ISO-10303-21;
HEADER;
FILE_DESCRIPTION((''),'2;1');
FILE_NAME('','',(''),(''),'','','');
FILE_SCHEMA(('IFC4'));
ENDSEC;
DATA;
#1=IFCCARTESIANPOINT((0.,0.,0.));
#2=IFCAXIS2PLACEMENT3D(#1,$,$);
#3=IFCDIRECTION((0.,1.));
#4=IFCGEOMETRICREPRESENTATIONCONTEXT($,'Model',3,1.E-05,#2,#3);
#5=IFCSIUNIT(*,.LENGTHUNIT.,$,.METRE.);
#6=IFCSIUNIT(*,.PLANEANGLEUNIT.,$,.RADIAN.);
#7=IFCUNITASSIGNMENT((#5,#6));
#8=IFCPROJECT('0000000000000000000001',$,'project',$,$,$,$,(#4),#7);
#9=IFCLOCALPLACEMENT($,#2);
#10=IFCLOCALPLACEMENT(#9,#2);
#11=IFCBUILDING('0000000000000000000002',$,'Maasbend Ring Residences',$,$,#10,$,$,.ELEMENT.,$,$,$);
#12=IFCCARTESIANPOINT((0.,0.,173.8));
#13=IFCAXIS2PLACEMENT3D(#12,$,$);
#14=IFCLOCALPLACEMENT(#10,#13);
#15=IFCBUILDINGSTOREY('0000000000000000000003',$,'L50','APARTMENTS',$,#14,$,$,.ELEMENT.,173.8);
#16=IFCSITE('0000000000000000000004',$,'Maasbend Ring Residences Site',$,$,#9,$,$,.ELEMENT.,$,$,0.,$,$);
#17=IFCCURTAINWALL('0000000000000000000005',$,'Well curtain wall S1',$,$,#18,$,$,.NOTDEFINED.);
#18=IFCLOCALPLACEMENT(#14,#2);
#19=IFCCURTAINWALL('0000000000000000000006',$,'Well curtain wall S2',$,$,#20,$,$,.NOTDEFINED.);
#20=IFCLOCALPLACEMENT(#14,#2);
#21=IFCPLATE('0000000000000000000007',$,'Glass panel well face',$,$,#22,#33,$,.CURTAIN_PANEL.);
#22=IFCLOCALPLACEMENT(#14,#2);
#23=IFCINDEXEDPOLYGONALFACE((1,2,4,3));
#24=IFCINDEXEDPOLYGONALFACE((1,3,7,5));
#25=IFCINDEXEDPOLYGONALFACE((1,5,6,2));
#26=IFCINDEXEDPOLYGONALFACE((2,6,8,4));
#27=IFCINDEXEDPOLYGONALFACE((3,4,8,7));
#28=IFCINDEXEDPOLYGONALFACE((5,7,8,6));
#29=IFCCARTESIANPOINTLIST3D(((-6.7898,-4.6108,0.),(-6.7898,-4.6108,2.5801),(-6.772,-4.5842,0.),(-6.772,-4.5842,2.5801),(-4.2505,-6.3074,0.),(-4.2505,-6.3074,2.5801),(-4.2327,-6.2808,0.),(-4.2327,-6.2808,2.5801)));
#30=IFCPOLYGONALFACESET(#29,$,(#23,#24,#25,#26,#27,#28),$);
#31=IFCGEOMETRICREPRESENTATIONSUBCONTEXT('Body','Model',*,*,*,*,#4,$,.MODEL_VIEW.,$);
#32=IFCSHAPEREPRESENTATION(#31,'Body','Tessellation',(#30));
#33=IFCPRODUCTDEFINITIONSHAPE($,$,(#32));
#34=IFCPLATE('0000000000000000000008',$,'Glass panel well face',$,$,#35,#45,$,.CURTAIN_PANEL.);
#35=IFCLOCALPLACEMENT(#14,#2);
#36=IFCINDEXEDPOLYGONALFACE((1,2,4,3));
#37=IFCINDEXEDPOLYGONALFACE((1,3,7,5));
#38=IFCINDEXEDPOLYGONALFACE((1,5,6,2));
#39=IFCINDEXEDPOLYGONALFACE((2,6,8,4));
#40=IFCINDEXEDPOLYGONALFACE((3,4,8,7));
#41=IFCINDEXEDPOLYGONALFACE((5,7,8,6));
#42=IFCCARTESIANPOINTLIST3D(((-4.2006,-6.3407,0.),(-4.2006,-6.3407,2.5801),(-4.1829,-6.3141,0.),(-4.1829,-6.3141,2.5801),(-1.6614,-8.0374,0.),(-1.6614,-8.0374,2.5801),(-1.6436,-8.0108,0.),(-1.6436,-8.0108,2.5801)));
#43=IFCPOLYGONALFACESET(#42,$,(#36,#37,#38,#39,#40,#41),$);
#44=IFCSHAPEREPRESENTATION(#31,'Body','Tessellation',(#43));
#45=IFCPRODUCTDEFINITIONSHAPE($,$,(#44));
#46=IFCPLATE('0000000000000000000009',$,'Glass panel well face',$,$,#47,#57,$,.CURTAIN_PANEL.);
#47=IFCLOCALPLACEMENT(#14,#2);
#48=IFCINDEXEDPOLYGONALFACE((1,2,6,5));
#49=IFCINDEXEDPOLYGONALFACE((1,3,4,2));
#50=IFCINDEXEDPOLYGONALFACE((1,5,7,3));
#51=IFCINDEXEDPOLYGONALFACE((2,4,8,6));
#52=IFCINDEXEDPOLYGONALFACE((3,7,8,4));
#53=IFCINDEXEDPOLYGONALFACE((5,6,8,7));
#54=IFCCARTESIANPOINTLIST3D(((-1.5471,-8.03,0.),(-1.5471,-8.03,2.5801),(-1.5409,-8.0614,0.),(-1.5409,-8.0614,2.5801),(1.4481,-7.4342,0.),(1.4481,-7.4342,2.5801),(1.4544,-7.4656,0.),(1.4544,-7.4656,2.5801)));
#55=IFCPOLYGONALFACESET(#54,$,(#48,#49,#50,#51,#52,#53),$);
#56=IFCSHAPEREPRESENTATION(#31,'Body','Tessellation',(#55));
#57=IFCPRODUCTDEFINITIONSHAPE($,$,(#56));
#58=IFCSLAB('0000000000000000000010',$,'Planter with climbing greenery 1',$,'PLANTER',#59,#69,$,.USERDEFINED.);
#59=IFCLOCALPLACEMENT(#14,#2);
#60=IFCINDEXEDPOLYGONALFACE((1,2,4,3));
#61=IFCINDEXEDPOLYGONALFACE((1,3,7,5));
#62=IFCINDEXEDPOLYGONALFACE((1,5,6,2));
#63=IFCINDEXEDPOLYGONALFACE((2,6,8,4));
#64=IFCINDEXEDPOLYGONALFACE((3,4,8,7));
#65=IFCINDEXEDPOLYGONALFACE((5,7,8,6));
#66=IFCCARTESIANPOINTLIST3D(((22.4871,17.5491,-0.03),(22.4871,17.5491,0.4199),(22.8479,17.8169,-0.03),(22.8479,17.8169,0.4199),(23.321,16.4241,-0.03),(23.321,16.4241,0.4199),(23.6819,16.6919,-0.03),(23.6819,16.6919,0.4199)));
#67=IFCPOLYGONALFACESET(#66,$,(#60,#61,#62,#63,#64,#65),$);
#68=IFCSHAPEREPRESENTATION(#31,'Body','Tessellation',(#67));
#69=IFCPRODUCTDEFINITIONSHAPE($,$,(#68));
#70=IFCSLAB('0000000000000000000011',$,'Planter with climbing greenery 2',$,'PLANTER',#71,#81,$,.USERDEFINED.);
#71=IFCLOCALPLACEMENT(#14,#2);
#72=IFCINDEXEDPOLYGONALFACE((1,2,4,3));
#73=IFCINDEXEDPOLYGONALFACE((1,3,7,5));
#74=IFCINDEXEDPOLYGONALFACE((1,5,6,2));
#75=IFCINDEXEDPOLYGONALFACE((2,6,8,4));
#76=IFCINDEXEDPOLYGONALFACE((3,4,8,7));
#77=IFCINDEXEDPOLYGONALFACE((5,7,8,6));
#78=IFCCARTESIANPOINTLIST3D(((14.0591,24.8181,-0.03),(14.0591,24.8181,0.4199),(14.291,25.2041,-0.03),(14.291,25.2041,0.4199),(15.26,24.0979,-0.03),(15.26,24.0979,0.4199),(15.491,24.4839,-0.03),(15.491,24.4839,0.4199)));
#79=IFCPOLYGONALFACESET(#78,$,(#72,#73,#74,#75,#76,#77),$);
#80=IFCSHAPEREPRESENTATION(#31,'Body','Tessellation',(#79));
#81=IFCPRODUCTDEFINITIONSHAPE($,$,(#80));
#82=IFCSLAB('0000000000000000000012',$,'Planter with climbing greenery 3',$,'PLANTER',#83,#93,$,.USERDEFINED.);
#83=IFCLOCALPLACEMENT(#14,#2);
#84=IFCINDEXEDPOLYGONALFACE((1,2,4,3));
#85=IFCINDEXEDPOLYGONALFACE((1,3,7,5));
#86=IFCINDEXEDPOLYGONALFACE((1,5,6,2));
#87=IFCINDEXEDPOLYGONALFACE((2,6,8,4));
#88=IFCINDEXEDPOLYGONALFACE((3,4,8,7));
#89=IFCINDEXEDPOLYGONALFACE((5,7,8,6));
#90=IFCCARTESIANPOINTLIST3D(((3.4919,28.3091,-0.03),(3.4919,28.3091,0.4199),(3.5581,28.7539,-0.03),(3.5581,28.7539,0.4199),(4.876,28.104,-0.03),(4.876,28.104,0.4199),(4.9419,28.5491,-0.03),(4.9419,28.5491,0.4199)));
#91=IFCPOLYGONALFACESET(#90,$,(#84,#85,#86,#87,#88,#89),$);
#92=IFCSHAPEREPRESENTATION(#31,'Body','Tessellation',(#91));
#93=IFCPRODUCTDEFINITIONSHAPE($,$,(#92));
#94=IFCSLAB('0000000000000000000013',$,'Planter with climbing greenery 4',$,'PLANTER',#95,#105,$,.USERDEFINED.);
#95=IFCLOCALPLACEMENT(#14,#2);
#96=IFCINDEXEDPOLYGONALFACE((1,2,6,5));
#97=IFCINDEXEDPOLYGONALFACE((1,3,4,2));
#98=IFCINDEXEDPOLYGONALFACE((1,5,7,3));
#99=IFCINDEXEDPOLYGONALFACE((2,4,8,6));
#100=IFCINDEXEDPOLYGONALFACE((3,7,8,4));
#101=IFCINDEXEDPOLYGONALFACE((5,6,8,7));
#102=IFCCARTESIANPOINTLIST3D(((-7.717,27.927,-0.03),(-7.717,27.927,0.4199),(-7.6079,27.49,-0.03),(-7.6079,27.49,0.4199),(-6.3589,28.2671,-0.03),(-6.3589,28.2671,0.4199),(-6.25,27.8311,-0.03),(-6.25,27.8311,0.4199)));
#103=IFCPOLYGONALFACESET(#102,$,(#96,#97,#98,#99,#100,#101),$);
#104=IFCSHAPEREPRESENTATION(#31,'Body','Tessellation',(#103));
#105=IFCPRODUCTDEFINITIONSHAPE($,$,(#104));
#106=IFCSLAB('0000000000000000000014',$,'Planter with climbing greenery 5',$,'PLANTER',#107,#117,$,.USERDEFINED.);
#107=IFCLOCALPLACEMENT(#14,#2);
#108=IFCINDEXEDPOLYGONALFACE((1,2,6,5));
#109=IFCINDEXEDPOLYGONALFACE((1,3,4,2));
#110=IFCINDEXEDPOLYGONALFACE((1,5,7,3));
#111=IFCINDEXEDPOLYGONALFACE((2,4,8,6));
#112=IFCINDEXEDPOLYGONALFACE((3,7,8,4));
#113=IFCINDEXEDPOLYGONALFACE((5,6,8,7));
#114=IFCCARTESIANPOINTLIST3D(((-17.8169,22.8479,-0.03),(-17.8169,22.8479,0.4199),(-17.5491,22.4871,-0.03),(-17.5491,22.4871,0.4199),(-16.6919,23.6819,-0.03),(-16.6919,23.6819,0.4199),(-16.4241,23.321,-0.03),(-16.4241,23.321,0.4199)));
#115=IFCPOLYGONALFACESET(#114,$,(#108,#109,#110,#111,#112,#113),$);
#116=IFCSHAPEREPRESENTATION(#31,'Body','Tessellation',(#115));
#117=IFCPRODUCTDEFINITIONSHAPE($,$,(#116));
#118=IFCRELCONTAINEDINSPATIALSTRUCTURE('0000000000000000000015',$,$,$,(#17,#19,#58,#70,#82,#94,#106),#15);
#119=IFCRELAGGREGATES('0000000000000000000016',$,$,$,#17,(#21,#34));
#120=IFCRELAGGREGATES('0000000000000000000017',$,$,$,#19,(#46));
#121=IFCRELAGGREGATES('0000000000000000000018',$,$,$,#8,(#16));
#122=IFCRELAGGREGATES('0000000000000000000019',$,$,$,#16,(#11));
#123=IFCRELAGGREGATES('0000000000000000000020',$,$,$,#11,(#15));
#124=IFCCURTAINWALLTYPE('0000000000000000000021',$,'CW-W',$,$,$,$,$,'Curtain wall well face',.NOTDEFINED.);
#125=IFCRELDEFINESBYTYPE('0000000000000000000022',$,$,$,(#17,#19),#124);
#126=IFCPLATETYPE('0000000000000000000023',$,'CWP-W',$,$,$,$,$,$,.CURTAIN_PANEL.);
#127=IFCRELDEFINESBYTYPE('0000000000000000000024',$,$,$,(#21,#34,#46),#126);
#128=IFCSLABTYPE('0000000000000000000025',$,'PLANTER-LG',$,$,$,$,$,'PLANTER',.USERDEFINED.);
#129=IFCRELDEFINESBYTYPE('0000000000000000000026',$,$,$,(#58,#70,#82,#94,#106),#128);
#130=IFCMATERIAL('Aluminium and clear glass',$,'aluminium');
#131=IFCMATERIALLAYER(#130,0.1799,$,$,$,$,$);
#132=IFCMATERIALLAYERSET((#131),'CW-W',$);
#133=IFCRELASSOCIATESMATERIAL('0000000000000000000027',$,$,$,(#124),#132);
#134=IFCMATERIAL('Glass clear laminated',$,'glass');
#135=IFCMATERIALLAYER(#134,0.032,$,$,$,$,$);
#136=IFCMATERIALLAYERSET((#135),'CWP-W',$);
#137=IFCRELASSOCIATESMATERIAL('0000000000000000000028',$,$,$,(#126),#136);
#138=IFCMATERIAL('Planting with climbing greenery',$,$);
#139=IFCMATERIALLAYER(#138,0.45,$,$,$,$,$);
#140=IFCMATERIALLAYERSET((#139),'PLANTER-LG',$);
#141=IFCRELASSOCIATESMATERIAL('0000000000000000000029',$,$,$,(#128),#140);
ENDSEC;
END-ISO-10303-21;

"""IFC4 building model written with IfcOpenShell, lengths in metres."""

from ifc_helpers import new_model, si_unit, direction, frame, origin, origin_2d, place, context, subcontext, project, spatial, polyline, rectangle, outline, extrude, material, layer, layer_set, type_object, element, aggregate, save


model = new_model("IFC4")

# Units and contexts
model_context = context("Model", 3, precision=1e-05, world=origin(), true_north=direction((0.0, 1.0)))
body_context = subcontext(model_context, "Body", "Model", "MODEL_VIEW")
ifc_project = project(units=[si_unit("LENGTHUNIT", "METRE"), si_unit("PLANEANGLEUNIT", "RADIAN")], contexts=[model_context])

# Site, building, storey
site_placement = place(None, origin())
site = spatial("IfcSite", under=ifc_project, at=site_placement, Name="Maasbend Ring Residences Site", CompositionType="ELEMENT", RefElevation=0.0)
building_placement = place(site_placement, origin())
building = spatial("IfcBuilding", under=site, at=building_placement, Name="Maasbend Ring Residences", CompositionType="ELEMENT")
storey_placement = place(building_placement, frame((0.0, 0.0, 173.8)))
storey = spatial("IfcBuildingStorey", under=building, at=storey_placement, Name="L50", Description="APARTMENTS", CompositionType="ELEMENT", Elevation=173.8)

# Curtain wall
ifc_material_1 = material(Name="Aluminium and clear glass", Category="aluminium")
ifc_layer_1 = layer(ifc_material_1, 0.1799)
ifc_layer_set_1 = layer_set([ifc_layer_1], Name="CW-W")
curtain_wall_type = type_object("IfcCurtainWallType", Name="CW-W", ElementType="Curtain wall well face", PredefinedType="NOTDEFINED", material=ifc_layer_set_1)
curtain_wall_1_placement = place(storey_placement, origin())
curtain_wall_1 = element("IfcCurtainWall", 1, at=curtain_wall_1_placement, inside=storey, type_object=curtain_wall_type, Name="Well curtain wall S1", PredefinedType="NOTDEFINED")

# Curtain wall
curtain_wall_2_placement = place(storey_placement, origin())
curtain_wall_2 = element("IfcCurtainWall", 2, at=curtain_wall_2_placement, inside=storey, type_object=curtain_wall_type, Name="Well curtain wall S2", PredefinedType="NOTDEFINED")

# Plates
ifc_material_2 = material(Name="Glass clear laminated", Category="glass")
ifc_layer_2 = layer(ifc_material_2, 0.032)
ifc_layer_set_2 = layer_set([ifc_layer_2], Name="CWP-W")
plate_type = type_object("IfcPlateType", Name="CWP-W", PredefinedType="CURTAIN_PANEL", material=ifc_layer_set_2)
plate_1_placement = place(storey_placement, frame((-5.5112, -5.4458, 0.0), z_axis=(0.0, 0.0, 1.0), x_axis=(0.83147, -0.55557, 0.0)))
plate_1 = element("IfcPlate", 3, at=plate_1_placement, type_object=plate_type, Name="Glass panel well face", PredefinedType="CURTAIN_PANEL", context=body_context, shape_type="SweptSolid", body=[
    extrude(rectangle(XDim=3.054, YDim=0.032, at=origin_2d()), origin(), (0.0, 0.0, 1.0), 2.5801),
])
plate_2_placement = place(storey_placement, frame((-2.9221, -7.1758, 0.0), z_axis=(0.0, 0.0, 1.0), x_axis=(0.83147, -0.55557, 0.0)))
plate_2 = element("IfcPlate", 4, at=plate_2_placement, type_object=plate_type, Name="Glass panel well face", PredefinedType="CURTAIN_PANEL", context=body_context, shape_type="SweptSolid", body=[
    extrude(rectangle(XDim=3.054, YDim=0.032, at=origin_2d()), origin(), (0.0, 0.0, 1.0), 2.5801),
])
aggregate(curtain_wall_1, [plate_1, plate_2])
plate_3_placement = place(storey_placement, frame((-0.0464, -7.7478, 0.0), z_axis=(0.0, 0.0, 1.0), x_axis=(0.980785, 0.19509, 0.0)))
plate_3 = element("IfcPlate", 5, at=plate_3_placement, type_object=plate_type, Name="Glass panel well face", PredefinedType="CURTAIN_PANEL", context=body_context, shape_type="SweptSolid", body=[
    extrude(rectangle(XDim=3.054, YDim=0.032, at=origin_2d()), origin(), (0.0, 0.0, 1.0), 2.5801),
])
aggregate(curtain_wall_2, [plate_3])

# Slabs
ifc_material_3 = material(Name="Planting with climbing greenery")
ifc_layer_3 = layer(ifc_material_3, 0.45)
ifc_layer_set_3 = layer_set([ifc_layer_3], Name="PLANTER-LG")
slab_type_1 = type_object("IfcSlabType", Name="PLANTER-LG", ElementType="PLANTER", PredefinedType="USERDEFINED", material=ifc_layer_set_3)
slab_1_placement = place(storey_placement, frame((0.0, 0.0, -0.03)))
element("IfcSlab", 6, at=slab_1_placement, inside=storey, type_object=slab_type_1, Name="Planter with climbing greenery 1", ObjectType="PLANTER", PredefinedType="USERDEFINED", context=body_context, shape_type="SweptSolid", body=[
    extrude(outline(polyline([(23.6819, 16.6919), (22.8479, 17.8169), (22.4871, 17.5491), (23.321, 16.4241), (23.6819, 16.6919)])), origin(), (0.0, 0.0, 1.0), 0.45),
])
slab_2_placement = place(storey_placement, frame((0.0, 0.0, -0.03)))
element("IfcSlab", 7, at=slab_2_placement, inside=storey, type_object=slab_type_1, Name="Planter with climbing greenery 2", ObjectType="PLANTER", PredefinedType="USERDEFINED", context=body_context, shape_type="SweptSolid", body=[
    extrude(outline(polyline([(15.491, 24.4839), (14.291, 25.2041), (14.0591, 24.8181), (15.26, 24.0979), (15.491, 24.4839)])), origin(), (0.0, 0.0, 1.0), 0.45),
])
slab_3_placement = place(storey_placement, frame((0.0, 0.0, -0.03)))
element("IfcSlab", 8, at=slab_3_placement, inside=storey, type_object=slab_type_1, Name="Planter with climbing greenery 3", ObjectType="PLANTER", PredefinedType="USERDEFINED", context=body_context, shape_type="SweptSolid", body=[
    extrude(outline(polyline([(4.9419, 28.5491), (3.5581, 28.7539), (3.4919, 28.3091), (4.876, 28.104), (4.9419, 28.5491)])), origin(), (0.0, 0.0, 1.0), 0.45),
])
slab_4_placement = place(storey_placement, frame((0.0, 0.0, -0.03)))
element("IfcSlab", 9, at=slab_4_placement, inside=storey, type_object=slab_type_1, Name="Planter with climbing greenery 4", ObjectType="PLANTER", PredefinedType="USERDEFINED", context=body_context, shape_type="SweptSolid", body=[
    extrude(outline(polyline([(-6.3589, 28.2671), (-7.717, 27.927), (-7.6079, 27.49), (-6.25, 27.8311), (-6.3589, 28.2671)])), origin(), (0.0, 0.0, 1.0), 0.45),
])
slab_5_placement = place(storey_placement, frame((0.0, 0.0, -0.03)))
element("IfcSlab", 10, at=slab_5_placement, inside=storey, type_object=slab_type_1, Name="Planter with climbing greenery 5", ObjectType="PLANTER", PredefinedType="USERDEFINED", context=body_context, shape_type="SweptSolid", body=[
    extrude(outline(polyline([(-16.6919, 23.6819), (-17.8169, 22.8479), (-17.5491, 22.4871), (-16.4241, 23.321), (-16.6919, 23.6819)])), origin(), (0.0, 0.0, 1.0), 0.45),
])

save(model, "model.ifc")
